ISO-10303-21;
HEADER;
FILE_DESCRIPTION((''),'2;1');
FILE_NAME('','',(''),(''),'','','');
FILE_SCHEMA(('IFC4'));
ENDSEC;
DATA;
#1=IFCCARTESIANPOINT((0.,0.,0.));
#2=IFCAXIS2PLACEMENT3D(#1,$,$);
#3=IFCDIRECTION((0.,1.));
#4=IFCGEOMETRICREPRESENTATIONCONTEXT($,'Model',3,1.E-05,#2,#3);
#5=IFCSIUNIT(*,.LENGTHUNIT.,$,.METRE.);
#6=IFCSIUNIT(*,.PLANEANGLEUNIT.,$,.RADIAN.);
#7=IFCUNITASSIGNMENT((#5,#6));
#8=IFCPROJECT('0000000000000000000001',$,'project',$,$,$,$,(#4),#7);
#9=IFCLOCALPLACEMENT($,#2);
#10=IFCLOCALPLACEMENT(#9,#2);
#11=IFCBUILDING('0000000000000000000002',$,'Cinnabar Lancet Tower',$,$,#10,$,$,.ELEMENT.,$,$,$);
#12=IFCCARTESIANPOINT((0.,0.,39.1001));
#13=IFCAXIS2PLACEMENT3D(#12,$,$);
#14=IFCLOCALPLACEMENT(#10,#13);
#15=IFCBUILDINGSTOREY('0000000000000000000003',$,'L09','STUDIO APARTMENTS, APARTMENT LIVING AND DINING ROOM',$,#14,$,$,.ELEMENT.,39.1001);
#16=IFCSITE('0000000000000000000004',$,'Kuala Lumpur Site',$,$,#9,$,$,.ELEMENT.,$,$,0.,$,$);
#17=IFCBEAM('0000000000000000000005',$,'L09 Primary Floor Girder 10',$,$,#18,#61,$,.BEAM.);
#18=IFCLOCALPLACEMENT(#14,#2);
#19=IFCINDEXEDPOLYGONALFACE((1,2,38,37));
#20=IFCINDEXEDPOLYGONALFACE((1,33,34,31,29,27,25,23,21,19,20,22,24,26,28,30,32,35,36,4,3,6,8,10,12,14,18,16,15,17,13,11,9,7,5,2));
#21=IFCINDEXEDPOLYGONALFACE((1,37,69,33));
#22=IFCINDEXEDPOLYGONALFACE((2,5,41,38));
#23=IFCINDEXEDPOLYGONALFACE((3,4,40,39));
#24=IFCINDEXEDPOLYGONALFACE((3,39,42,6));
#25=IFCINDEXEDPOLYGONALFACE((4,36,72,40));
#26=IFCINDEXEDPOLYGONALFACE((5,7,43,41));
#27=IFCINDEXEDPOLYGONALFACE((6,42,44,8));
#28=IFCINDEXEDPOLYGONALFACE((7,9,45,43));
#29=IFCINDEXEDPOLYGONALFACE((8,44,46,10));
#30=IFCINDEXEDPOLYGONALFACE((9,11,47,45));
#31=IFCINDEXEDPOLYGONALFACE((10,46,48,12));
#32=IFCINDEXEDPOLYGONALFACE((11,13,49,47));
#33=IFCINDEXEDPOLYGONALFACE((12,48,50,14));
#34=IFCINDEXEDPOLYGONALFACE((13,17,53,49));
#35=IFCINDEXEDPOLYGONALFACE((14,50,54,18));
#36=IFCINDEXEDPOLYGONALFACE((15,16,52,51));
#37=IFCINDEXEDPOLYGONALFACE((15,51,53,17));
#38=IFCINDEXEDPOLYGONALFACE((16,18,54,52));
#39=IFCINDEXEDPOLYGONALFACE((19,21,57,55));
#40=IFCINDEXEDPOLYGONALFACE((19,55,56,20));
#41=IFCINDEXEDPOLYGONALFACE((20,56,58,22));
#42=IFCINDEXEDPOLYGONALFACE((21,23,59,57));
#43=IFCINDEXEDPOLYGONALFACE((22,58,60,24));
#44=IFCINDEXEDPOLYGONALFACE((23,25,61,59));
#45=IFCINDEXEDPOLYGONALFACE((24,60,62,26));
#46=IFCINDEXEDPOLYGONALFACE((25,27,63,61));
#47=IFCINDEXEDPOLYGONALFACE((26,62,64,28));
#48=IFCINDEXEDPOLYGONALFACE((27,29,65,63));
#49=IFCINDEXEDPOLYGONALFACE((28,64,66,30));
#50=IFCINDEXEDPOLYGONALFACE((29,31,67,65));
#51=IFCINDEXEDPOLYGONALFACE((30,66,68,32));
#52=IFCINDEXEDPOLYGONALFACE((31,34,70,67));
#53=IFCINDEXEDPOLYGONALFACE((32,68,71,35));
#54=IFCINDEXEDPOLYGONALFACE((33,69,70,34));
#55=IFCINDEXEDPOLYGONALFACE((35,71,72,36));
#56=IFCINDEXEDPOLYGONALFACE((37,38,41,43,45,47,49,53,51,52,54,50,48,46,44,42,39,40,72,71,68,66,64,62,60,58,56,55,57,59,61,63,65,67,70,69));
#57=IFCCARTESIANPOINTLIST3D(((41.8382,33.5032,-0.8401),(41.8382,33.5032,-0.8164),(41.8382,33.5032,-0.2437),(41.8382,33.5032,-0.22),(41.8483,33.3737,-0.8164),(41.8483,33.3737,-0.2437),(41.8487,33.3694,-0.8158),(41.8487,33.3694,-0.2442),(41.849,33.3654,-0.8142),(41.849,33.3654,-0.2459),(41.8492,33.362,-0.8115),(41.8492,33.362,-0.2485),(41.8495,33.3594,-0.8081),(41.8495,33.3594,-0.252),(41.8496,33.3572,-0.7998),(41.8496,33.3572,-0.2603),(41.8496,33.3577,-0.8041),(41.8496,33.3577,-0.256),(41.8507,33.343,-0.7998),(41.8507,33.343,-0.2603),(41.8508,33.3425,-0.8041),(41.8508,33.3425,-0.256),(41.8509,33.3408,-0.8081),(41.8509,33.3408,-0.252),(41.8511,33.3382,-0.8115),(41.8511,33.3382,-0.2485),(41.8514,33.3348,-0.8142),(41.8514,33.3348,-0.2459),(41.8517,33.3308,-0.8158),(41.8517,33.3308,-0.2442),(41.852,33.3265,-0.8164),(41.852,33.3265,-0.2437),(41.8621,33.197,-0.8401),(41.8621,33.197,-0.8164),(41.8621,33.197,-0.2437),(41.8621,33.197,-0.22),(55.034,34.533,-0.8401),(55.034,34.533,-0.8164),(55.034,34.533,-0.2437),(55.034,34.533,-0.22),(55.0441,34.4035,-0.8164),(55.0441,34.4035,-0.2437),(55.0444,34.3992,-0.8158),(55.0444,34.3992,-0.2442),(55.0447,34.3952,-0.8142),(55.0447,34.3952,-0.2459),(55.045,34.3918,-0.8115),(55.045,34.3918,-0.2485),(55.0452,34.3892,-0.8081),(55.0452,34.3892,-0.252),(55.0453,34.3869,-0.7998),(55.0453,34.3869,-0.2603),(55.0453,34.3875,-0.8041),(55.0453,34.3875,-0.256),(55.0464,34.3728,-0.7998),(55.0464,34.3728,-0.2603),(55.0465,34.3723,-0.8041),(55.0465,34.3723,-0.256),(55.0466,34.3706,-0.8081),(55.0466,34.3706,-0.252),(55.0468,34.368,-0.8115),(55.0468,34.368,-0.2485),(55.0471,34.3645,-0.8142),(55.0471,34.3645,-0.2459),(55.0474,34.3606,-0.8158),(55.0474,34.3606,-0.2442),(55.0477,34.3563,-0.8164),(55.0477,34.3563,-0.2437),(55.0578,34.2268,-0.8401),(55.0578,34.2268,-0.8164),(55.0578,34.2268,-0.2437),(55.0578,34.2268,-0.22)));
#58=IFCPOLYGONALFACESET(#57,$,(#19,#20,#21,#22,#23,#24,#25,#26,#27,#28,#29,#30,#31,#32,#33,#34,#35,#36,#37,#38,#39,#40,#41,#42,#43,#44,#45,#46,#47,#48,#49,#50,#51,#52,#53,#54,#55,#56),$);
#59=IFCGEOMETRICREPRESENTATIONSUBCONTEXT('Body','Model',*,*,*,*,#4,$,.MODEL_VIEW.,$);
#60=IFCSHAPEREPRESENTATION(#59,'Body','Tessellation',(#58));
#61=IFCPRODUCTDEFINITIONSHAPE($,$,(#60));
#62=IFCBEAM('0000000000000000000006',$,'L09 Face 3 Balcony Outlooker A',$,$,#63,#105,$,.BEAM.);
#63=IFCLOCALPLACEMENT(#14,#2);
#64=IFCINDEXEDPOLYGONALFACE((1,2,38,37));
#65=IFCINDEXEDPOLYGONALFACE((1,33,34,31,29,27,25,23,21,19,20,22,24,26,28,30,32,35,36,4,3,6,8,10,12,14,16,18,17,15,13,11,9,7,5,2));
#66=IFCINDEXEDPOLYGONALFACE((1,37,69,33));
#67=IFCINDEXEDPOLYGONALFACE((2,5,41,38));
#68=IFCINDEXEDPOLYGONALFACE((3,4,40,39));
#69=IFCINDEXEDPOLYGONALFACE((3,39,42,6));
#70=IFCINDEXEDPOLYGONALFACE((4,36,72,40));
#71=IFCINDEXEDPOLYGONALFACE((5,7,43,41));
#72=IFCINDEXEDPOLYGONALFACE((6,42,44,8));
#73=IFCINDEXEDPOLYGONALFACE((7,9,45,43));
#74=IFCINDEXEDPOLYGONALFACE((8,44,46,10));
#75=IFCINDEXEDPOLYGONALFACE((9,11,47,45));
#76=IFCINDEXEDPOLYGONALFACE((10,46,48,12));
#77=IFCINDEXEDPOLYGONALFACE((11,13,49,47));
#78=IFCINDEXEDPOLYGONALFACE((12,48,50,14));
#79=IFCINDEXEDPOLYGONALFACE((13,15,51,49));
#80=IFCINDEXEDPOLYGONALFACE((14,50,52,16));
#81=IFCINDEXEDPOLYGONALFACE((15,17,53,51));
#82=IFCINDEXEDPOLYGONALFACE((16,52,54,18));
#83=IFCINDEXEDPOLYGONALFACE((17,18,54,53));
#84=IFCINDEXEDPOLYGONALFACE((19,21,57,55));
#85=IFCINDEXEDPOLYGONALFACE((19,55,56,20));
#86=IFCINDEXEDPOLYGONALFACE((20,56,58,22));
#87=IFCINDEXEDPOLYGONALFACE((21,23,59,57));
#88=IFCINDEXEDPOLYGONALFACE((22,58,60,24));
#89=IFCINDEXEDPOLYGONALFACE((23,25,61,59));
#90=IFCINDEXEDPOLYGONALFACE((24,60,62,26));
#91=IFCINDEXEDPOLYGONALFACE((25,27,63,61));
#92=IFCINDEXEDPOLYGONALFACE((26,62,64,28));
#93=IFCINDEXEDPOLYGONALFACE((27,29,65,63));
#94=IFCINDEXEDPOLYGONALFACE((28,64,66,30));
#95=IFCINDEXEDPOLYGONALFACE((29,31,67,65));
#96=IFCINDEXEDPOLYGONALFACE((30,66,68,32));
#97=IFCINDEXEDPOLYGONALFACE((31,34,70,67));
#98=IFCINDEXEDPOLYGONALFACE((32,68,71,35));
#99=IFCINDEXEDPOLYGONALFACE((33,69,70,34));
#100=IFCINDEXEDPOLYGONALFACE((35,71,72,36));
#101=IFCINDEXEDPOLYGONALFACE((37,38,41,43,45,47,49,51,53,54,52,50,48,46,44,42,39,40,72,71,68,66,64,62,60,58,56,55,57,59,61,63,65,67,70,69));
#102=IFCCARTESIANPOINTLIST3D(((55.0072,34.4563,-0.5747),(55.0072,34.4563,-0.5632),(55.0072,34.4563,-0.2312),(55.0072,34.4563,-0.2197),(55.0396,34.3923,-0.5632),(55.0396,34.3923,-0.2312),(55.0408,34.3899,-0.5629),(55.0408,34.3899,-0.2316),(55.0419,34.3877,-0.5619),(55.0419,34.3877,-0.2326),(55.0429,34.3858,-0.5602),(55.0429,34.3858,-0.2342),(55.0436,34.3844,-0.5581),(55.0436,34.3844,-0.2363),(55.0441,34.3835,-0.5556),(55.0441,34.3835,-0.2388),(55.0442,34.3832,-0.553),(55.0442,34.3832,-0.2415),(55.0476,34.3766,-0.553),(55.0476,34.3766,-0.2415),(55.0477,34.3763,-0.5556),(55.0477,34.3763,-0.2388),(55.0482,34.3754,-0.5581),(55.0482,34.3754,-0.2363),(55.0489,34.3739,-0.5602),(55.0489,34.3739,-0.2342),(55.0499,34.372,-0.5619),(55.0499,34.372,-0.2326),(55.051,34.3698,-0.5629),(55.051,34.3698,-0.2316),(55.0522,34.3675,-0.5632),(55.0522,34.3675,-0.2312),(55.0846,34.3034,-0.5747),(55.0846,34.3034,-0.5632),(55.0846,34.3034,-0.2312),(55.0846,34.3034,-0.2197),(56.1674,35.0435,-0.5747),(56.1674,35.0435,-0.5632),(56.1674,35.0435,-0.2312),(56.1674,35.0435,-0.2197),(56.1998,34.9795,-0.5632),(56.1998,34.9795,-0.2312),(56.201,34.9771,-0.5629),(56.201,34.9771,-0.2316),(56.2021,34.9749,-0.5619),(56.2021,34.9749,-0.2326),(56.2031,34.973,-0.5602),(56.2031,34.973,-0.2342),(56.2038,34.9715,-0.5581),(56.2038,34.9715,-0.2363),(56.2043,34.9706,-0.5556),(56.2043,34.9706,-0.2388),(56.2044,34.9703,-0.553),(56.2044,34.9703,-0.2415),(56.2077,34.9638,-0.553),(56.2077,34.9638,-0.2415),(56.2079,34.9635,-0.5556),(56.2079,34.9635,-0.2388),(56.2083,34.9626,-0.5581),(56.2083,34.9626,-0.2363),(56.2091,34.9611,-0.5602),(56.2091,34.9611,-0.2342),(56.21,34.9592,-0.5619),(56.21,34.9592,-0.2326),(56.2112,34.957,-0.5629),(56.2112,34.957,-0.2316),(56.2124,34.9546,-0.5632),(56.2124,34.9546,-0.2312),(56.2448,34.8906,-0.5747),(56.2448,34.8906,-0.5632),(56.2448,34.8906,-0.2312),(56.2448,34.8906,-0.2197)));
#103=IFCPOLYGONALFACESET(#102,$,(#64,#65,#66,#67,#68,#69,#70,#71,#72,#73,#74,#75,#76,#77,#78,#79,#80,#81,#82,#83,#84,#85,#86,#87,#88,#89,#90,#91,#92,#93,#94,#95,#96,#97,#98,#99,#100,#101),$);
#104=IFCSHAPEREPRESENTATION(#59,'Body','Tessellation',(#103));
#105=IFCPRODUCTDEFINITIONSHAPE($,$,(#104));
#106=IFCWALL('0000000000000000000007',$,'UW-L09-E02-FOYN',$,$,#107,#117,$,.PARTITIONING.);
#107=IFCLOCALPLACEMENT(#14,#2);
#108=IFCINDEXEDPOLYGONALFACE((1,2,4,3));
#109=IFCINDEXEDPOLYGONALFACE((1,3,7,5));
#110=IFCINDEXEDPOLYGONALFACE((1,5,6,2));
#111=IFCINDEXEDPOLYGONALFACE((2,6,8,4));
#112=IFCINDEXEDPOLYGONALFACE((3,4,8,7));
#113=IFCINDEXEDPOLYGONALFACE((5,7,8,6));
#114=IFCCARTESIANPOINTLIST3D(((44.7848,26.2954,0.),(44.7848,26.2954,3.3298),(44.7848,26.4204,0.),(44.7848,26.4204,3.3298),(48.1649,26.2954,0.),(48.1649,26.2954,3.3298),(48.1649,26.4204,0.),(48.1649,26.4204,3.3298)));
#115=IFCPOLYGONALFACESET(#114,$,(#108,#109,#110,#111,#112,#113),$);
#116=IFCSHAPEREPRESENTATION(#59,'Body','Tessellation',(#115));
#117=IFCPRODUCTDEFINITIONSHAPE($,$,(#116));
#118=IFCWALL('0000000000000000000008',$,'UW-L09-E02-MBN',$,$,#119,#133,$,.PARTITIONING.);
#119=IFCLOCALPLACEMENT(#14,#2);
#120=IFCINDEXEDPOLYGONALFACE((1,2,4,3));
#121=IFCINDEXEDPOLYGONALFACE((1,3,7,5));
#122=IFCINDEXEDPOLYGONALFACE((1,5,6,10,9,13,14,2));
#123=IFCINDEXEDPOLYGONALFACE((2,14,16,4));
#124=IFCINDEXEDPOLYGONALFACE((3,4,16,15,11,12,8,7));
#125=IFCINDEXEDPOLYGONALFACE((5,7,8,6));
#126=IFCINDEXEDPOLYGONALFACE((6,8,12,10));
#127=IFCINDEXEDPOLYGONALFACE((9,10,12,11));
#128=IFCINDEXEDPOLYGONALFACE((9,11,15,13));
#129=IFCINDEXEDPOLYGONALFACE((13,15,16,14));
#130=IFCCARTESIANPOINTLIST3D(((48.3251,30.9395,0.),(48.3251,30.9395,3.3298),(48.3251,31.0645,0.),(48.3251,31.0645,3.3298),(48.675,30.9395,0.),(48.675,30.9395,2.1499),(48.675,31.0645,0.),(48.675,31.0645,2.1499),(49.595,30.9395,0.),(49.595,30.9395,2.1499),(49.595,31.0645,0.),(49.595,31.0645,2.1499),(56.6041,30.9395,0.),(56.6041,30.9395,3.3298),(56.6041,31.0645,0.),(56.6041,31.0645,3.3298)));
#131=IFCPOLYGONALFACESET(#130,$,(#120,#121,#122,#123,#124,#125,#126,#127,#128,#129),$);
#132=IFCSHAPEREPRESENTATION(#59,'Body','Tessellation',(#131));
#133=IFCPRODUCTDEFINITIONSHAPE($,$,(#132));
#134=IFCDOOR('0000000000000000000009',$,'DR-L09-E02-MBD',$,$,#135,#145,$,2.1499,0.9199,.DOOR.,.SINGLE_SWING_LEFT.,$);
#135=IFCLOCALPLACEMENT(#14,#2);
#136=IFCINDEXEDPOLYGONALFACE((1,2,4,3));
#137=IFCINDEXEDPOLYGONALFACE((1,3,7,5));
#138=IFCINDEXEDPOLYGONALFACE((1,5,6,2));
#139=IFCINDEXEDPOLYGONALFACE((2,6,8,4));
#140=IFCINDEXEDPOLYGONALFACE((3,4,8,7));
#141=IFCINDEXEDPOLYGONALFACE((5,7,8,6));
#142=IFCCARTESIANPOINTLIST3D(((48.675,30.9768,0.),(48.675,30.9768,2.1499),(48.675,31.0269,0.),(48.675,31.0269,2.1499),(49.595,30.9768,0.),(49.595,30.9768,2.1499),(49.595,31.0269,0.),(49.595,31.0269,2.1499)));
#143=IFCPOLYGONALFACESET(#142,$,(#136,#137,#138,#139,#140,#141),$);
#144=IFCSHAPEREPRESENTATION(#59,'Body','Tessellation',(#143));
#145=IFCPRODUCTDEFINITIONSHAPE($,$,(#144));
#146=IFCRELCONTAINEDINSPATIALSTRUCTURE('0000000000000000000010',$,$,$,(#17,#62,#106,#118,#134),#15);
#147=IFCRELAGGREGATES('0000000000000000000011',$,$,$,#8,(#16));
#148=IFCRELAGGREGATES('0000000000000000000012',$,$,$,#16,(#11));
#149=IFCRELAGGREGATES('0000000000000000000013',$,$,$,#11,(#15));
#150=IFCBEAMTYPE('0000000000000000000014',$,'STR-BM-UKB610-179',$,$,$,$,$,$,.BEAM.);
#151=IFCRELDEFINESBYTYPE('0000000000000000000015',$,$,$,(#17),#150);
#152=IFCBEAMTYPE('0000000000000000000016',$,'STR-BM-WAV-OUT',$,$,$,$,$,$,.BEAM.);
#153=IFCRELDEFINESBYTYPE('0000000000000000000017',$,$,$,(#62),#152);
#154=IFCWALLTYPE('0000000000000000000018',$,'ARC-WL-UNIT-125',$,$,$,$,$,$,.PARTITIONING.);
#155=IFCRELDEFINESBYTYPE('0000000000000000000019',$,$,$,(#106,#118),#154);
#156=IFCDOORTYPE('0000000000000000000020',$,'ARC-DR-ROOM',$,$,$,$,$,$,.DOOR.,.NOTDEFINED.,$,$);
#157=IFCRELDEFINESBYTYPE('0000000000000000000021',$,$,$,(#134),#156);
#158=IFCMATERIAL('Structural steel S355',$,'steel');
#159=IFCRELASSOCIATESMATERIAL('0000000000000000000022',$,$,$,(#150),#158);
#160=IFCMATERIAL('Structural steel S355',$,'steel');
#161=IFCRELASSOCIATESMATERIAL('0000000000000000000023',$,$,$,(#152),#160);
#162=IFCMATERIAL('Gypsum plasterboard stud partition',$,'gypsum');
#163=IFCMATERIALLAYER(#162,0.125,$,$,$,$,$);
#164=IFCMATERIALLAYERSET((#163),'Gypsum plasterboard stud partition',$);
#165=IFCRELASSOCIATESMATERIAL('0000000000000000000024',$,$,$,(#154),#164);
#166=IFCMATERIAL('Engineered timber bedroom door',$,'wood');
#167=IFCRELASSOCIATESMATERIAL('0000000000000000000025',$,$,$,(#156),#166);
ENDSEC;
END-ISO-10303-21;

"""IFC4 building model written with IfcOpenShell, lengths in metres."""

from ifc_helpers import new_model, si_unit, direction, frame, frame_2d, origin, origin_2d, place, context, subcontext, project, spatial, rectangle, i_section, extrude, material, layer, layer_set, material_profile, profile_set, type_object, element, fill, save


model = new_model("IFC4")

# Units and contexts
model_context = context("Model", 3, precision=1e-05, world=origin(), true_north=direction((0.0, 1.0)))
body_context = subcontext(model_context, "Body", "Model", "MODEL_VIEW")
ifc_project = project(units=[si_unit("LENGTHUNIT", "METRE"), si_unit("PLANEANGLEUNIT", "RADIAN")], contexts=[model_context])

# Site, building, storey
site_placement = place(None, origin())
site = spatial("IfcSite", under=ifc_project, at=site_placement, Name="Kuala Lumpur Site", CompositionType="ELEMENT", RefElevation=0.0)
building_placement = place(site_placement, origin())
building = spatial("IfcBuilding", under=site, at=building_placement, Name="Cinnabar Lancet Tower", CompositionType="ELEMENT")
storey_placement = place(building_placement, frame((0.0, 0.0, 39.1001)))
storey = spatial("IfcBuildingStorey", under=building, at=storey_placement, Name="L09", Description="STUDIO APARTMENTS, APARTMENT LIVING AND DINING ROOM", CompositionType="ELEMENT", Elevation=39.1001)

# Beams
ifc_material_1 = material(Name="Structural steel S355", Category="steel")
ifc_material_profile_1 = material_profile(ifc_material_1, i_section(OverallWidth=0.3071, OverallDepth=0.6201, WebThickness=0.0142, FlangeThickness=0.0237, FilletRadius=0.0166, at=origin_2d()), Name="UKB 610x305x179")
ifc_profile_set_1 = profile_set([ifc_material_profile_1], Name="Structural steel S355")
beam_type_1 = type_object("IfcBeamType", Name="STR-BM-UKB610-179", PredefinedType="BEAM", material=ifc_profile_set_1)
beam_1_placement = place(storey_placement, frame((55.0459, 34.3799, -0.53), z_axis=(-0.996969, -0.077802, 0.0), x_axis=(0.077802, -0.996969, 0.0)))
element("IfcBeam", 1, at=beam_1_placement, inside=storey, type_object=beam_type_1, Name="L09 Primary Floor Girder 10", PredefinedType="BEAM", context=body_context, shape_type="SweptSolid", body=[
    extrude(i_section(OverallWidth=0.3071, OverallDepth=0.6201, WebThickness=0.0142, FlangeThickness=0.0237, FilletRadius=0.0166, at=origin_2d()), origin(), (0.0, 0.0, 1.0), 13.2358),
])
ifc_material_2 = material(Name="Structural steel S355", Category="steel")
ifc_material_profile_2 = material_profile(ifc_material_2, i_section(OverallWidth=0.1714, OverallDepth=0.355, WebThickness=0.0073, FlangeThickness=0.0115, FilletRadius=0.0103, at=origin_2d()), Name="UKB 356x171x51")
ifc_profile_set_2 = profile_set([ifc_material_profile_2], Name="Structural steel S355")
beam_type_2 = type_object("IfcBeamType", Name="STR-BM-WAV-OUT", PredefinedType="BEAM", material=ifc_profile_set_2)
beam_2_placement = place(storey_placement, frame((55.0459, 34.3799, -0.3972), z_axis=(0.892239, 0.451564, 0.0), x_axis=(-0.451564, 0.892239, 0.0)))
element("IfcBeam", 2, at=beam_2_placement, inside=storey, type_object=beam_type_2, Name="L09 Face 3 Balcony Outlooker A", PredefinedType="BEAM", context=body_context, shape_type="SweptSolid", body=[
    extrude(i_section(OverallWidth=0.1714, OverallDepth=0.355, WebThickness=0.0073, FlangeThickness=0.0115, FilletRadius=0.0103, at=origin_2d()), origin(), (0.0, 0.0, 1.0), 1.3003),
])

# Wall
ifc_material_3 = material(Name="Gypsum plasterboard stud partition", Category="gypsum")
ifc_layer_1 = layer(ifc_material_3, 0.125)
ifc_layer_set_1 = layer_set([ifc_layer_1], Name="Gypsum plasterboard stud partition")
wall_type_1 = type_object("IfcWallType", Name="ARC-WL-UNIT-125", PredefinedType="PARTITIONING", material=ifc_layer_set_1)
wall_1_placement = place(storey_placement, frame((44.7849, 26.3579, 0.0), z_axis=(0.0, 0.0, 1.0), x_axis=(1.0, 0.0, 0.0)))
element("IfcWall", 3, at=wall_1_placement, inside=storey, type_object=wall_type_1, Name="UW-L09-E02-FOYN", PredefinedType="PARTITIONING", context=body_context, shape_type="SweptSolid", body=[
    extrude(rectangle(XDim=3.3801, YDim=0.125, at=frame_2d((1.6899, 0.0))), origin(), (0.0, 0.0, 1.0), 3.3298),
])

# Wall, opening, door
wall_2_placement = place(storey_placement, frame((48.325, 31.002, 0.0), z_axis=(0.0, 0.0, 1.0), x_axis=(1.0, 0.0, 0.0)))
wall_2 = element("IfcWall", 4, at=wall_2_placement, inside=storey, type_object=wall_type_1, Name="UW-L09-E02-MBN", PredefinedType="PARTITIONING", context=body_context, shape_type="SweptSolid", body=[
    extrude(rectangle(XDim=8.2791, YDim=0.125, at=frame_2d((4.1396, 0.0))), origin(), (0.0, 0.0, 1.0), 3.3298),
])
opening_1_placement = place(wall_2_placement, frame((0.3501, 0.0, 0.0)))
opening_1 = element("IfcOpeningElement", 5, at=opening_1_placement, cuts=wall_2, PredefinedType="OPENING", context=body_context, shape_type="SweptSolid", body=[
    extrude(rectangle(XDim=0.9199, YDim=2.1499, at=frame_2d((0.46, 1.075))), frame((0.0, 0.0725, 0.0), z_axis=(0.0, -1.0, 0.0), x_axis=(1.0, 0.0, 0.0)), (0.0, 0.0, 1.0), 0.145),
])
ifc_material_4 = material(Name="Engineered timber bedroom door", Category="wood")
door_type_1 = type_object("IfcDoorType", Name="ARC-DR-ROOM", OperationType="NOTDEFINED", PredefinedType="DOOR", material=ifc_material_4)
door_1_placement = place(opening_1_placement, origin())
door_1 = element("IfcDoor", 6, at=door_1_placement, inside=storey, type_object=door_type_1, Name="DR-L09-E02-MBD", OperationType="SINGLE_SWING_LEFT", OverallHeight=2.1499, OverallWidth=0.9199, PredefinedType="DOOR", context=body_context, shape_type="SweptSolid", body=[
    extrude(rectangle(XDim=0.9199, YDim=2.1499, at=frame_2d((0.46, 1.075))), frame((0.0, 0.0249, 0.0), z_axis=(0.0, -1.0, 0.0), x_axis=(1.0, 0.0, 0.0)), (0.0, 0.0, 1.0), 0.05),
])
fill(opening_1, door_1)

save(model, "model.ifc")
